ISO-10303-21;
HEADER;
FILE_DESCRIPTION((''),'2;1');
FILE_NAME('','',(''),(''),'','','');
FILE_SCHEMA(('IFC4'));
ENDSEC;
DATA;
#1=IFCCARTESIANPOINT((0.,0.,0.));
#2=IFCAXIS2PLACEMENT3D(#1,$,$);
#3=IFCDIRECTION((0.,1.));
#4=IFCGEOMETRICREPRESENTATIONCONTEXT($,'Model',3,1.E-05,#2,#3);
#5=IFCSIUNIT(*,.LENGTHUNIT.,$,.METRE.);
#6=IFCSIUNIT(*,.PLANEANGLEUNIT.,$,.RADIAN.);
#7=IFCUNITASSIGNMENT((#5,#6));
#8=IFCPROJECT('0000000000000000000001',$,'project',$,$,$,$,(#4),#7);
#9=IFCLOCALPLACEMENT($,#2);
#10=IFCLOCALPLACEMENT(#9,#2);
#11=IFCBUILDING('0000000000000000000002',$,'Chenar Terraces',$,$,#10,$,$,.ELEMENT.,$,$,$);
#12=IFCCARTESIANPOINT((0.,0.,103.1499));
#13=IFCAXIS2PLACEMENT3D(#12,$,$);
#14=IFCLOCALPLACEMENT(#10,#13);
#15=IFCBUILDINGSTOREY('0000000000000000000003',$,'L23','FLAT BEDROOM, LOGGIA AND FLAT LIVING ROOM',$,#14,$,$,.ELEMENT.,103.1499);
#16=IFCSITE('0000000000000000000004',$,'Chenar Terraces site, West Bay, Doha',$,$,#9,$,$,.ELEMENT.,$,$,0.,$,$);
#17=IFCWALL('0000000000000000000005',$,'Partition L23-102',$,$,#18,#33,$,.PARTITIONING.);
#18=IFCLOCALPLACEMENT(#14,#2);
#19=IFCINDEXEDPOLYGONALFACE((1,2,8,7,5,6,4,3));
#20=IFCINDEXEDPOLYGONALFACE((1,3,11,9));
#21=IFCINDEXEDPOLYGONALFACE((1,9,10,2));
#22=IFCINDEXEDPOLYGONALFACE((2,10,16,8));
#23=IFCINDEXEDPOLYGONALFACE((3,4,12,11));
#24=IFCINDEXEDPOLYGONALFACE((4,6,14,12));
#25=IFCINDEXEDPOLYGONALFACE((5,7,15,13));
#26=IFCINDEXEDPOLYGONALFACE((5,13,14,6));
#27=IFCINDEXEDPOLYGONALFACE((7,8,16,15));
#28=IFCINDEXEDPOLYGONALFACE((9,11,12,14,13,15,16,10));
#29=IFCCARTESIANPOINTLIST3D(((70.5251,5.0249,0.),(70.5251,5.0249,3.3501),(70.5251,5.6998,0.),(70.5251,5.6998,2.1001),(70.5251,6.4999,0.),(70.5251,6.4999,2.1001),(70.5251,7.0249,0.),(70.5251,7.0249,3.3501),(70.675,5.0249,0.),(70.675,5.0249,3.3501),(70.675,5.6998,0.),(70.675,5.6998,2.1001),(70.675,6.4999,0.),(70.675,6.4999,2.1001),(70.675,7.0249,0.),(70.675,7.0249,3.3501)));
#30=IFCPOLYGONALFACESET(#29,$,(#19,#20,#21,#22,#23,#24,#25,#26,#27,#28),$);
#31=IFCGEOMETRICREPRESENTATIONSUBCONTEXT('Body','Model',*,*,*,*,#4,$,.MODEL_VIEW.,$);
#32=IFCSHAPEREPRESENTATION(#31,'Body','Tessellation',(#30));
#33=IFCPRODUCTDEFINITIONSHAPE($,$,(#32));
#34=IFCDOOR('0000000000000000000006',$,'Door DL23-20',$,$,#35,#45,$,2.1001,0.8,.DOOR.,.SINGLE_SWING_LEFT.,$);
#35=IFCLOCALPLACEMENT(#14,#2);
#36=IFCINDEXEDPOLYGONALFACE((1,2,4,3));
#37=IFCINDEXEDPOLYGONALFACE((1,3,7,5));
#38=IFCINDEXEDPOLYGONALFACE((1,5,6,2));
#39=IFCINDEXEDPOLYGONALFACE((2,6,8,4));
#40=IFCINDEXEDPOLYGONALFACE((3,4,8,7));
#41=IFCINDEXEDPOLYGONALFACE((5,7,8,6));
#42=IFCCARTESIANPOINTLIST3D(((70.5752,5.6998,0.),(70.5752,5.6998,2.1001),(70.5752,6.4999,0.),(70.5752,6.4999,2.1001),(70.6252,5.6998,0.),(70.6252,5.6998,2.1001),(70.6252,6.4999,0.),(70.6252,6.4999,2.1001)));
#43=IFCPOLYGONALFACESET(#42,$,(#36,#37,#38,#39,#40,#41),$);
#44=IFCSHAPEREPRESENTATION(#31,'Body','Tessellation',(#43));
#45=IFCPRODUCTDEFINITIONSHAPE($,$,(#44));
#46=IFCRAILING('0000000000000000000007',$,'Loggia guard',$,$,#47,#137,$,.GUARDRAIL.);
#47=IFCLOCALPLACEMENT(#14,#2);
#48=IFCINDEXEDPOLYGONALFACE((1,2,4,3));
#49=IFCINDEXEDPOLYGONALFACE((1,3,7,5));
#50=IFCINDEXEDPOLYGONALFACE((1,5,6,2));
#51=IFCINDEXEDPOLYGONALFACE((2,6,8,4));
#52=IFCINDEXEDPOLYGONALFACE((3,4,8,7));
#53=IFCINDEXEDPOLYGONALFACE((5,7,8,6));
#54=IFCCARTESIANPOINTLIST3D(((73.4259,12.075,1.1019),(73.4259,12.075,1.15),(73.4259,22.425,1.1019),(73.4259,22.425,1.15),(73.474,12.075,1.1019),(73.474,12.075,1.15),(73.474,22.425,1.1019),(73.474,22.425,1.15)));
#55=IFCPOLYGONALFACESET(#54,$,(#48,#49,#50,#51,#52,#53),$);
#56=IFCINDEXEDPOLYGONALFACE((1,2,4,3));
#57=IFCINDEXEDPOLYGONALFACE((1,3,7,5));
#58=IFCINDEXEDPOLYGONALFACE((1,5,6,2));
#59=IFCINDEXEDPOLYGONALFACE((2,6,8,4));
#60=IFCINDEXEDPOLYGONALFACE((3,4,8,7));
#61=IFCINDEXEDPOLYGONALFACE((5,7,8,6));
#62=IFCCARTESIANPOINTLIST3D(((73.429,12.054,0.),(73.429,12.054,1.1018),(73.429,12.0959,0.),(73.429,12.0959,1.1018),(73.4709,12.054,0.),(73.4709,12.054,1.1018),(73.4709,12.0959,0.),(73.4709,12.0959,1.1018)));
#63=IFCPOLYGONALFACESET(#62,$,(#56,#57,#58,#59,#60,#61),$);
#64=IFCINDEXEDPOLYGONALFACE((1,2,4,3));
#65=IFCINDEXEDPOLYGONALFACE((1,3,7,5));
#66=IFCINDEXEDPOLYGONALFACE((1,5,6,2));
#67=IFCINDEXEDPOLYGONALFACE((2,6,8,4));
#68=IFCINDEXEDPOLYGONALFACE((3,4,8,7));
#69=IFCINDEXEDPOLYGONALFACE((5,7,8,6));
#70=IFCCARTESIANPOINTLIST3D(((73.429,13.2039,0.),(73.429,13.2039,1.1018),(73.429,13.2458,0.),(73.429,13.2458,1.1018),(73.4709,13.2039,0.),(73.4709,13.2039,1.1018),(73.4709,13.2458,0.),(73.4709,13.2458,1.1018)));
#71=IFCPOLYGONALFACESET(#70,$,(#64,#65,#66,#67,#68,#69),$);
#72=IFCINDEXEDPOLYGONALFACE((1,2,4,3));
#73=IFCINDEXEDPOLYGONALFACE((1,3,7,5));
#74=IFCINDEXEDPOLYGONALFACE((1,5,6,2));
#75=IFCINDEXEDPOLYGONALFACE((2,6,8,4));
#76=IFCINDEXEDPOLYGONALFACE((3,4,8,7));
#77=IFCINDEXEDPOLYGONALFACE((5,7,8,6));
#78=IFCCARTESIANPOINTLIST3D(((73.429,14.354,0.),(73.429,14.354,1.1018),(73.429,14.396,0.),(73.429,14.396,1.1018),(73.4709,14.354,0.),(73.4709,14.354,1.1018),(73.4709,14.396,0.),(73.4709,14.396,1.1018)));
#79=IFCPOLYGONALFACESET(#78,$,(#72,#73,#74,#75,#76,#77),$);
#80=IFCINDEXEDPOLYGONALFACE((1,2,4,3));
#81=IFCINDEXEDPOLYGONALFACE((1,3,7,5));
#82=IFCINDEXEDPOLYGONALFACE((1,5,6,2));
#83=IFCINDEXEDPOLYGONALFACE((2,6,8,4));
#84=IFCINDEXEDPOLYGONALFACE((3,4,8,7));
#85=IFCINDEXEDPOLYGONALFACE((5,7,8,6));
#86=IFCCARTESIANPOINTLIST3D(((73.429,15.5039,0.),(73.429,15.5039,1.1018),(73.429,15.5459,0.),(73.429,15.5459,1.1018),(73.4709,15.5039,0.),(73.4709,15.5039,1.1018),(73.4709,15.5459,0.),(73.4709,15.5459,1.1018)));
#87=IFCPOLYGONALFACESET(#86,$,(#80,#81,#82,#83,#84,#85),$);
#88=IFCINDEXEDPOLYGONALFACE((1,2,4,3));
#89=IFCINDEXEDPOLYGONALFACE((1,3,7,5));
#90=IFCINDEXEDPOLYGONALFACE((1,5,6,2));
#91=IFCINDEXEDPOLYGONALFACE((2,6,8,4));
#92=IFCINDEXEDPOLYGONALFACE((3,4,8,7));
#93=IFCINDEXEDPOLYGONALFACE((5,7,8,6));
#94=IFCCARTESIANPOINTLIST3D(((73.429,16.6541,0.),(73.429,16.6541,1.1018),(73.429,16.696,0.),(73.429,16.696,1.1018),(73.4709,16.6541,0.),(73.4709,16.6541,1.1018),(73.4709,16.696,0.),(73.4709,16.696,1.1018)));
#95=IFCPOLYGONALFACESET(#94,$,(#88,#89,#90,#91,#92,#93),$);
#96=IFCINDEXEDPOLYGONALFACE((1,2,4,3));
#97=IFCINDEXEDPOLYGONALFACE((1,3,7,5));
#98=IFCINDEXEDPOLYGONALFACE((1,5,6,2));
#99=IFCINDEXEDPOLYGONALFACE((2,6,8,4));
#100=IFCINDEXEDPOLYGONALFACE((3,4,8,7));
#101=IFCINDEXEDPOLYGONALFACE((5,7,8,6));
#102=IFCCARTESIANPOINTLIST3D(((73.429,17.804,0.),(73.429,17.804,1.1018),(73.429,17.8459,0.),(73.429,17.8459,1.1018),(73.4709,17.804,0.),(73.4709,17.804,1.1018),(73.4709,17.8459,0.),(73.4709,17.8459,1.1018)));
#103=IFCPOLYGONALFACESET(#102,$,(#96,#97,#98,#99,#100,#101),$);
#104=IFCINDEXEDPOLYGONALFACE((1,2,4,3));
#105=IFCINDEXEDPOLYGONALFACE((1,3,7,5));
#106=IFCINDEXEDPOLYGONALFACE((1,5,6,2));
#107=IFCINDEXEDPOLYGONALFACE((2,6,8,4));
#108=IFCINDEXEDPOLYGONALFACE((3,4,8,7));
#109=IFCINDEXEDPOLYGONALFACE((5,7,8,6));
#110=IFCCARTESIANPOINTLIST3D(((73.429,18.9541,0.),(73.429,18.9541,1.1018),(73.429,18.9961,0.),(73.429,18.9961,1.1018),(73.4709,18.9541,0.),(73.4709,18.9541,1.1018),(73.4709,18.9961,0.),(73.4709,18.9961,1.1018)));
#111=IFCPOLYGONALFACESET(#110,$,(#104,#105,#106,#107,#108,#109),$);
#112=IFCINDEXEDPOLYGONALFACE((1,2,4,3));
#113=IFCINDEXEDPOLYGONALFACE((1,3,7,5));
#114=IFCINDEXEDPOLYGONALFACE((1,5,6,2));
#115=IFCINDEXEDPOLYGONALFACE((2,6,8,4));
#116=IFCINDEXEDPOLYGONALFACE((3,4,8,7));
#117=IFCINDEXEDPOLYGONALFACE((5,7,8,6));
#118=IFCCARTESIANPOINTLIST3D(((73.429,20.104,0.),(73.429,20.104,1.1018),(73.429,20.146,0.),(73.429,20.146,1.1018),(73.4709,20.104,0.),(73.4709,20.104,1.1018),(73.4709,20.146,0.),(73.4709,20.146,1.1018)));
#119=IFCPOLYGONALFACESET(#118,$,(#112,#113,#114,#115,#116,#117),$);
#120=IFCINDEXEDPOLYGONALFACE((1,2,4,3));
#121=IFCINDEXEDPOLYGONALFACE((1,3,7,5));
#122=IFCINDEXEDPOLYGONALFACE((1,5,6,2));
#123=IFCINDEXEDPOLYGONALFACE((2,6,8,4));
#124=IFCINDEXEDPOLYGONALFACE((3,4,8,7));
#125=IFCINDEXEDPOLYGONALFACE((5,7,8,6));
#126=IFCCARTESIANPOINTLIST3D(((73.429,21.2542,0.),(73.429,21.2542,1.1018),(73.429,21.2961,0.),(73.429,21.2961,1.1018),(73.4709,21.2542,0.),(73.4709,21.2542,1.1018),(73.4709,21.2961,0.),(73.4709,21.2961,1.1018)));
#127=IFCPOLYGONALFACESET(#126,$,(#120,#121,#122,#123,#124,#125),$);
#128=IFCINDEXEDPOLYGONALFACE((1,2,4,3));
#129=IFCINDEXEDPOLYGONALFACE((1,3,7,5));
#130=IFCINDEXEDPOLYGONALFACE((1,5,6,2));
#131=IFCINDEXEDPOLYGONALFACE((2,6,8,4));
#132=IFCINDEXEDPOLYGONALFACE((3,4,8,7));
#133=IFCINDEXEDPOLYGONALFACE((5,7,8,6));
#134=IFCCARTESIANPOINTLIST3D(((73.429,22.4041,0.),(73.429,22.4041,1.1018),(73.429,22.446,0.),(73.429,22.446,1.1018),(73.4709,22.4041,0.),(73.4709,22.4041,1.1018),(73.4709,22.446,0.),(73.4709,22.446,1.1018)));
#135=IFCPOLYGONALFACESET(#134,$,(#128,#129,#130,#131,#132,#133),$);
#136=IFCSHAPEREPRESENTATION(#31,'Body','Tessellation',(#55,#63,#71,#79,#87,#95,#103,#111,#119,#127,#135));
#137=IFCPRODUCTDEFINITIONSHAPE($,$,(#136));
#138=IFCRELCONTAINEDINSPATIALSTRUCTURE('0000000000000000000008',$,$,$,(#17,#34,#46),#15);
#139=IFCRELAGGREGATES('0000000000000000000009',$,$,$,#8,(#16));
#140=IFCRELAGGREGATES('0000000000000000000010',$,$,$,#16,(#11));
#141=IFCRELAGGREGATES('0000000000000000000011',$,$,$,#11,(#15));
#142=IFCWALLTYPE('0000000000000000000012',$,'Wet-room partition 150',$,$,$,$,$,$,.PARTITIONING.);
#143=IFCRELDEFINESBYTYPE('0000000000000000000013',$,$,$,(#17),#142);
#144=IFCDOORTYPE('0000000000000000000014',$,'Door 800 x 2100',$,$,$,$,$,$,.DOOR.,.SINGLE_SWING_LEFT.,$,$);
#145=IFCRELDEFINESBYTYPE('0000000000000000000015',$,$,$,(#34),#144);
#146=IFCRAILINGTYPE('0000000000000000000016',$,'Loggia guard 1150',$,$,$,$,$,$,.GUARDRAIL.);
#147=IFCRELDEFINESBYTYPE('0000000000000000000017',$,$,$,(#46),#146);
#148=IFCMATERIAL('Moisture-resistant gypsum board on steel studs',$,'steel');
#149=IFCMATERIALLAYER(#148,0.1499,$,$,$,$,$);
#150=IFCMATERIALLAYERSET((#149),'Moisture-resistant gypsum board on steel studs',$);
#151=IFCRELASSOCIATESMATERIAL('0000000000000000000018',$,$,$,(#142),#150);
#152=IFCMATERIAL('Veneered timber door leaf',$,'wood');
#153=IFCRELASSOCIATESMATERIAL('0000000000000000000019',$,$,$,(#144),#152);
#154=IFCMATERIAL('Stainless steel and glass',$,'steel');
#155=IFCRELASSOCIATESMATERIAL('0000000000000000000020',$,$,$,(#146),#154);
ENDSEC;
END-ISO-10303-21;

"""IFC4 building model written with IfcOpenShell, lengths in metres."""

from ifc_helpers import new_model, si_unit, direction, frame, frame_2d, origin, origin_2d, place, context, subcontext, project, spatial, rectangle, extrude, material, layer, layer_set, type_object, element, fill, save


model = new_model("IFC4")

# Units and contexts
model_context = context("Model", 3, precision=1e-05, world=origin(), true_north=direction((0.0, 1.0)))
body_context = subcontext(model_context, "Body", "Model", "MODEL_VIEW")
ifc_project = project(units=[si_unit("LENGTHUNIT", "METRE"), si_unit("PLANEANGLEUNIT", "RADIAN")], contexts=[model_context])

# Site, building, storey
site_placement = place(None, origin())
site = spatial("IfcSite", under=ifc_project, at=site_placement, Name="Chenar Terraces site, West Bay, Doha", CompositionType="ELEMENT", RefElevation=0.0)
building_placement = place(site_placement, origin())
building = spatial("IfcBuilding", under=site, at=building_placement, Name="Chenar Terraces", CompositionType="ELEMENT")
storey_placement = place(building_placement, frame((0.0, 0.0, 103.1499)))
storey = spatial("IfcBuildingStorey", under=building, at=storey_placement, Name="L23", Description="FLAT BEDROOM, LOGGIA AND FLAT LIVING ROOM", CompositionType="ELEMENT", Elevation=103.1499)

# Shared definitions
ifc_material_1 = material(Name="Moisture-resistant gypsum board on steel studs", Category="steel")
ifc_layer_1 = layer(ifc_material_1, 0.1499)
ifc_layer_set_1 = layer_set([ifc_layer_1], Name="Moisture-resistant gypsum board on steel studs")
wall_type_1 = type_object("IfcWallType", Name="Wet-room partition 150", PredefinedType="PARTITIONING", material=ifc_layer_set_1)

# Shared definitions
ifc_material_2 = material(Name="Veneered timber door leaf", Category="wood")
door_type_1 = type_object("IfcDoorType", Name="Door 800 x 2100", OperationType="SINGLE_SWING_LEFT", PredefinedType="DOOR", material=ifc_material_2)

# Wall, opening, door
wall_1_placement = place(storey_placement, frame((70.6001, 5.0249, 0.0), z_axis=(0.0, 0.0, 1.0), x_axis=(0.0, 1.0, 0.0)))
wall_1 = element("IfcWall", 1, at=wall_1_placement, inside=storey, type_object=wall_type_1, Name="Partition L23-102", PredefinedType="PARTITIONING", context=body_context, shape_type="SweptSolid", body=[
    extrude(rectangle(XDim=2.0, YDim=0.1499, at=frame_2d((1.0, 0.0))), origin(), (0.0, 0.0, 1.0), 3.3501),
])
opening_1_placement = place(wall_1_placement, frame((0.675, 0.0, 0.0)))
opening_1 = element("IfcOpeningElement", 2, at=opening_1_placement, cuts=wall_1, PredefinedType="OPENING", context=body_context, shape_type="SweptSolid", body=[
    extrude(rectangle(XDim=0.8, YDim=2.1001, at=frame_2d((0.3999, 1.05))), frame((0.0, 0.085, 0.0), z_axis=(0.0, -1.0, 0.0), x_axis=(1.0, 0.0, 0.0)), (0.0, 0.0, 1.0), 0.1699),
])
door_1_placement = place(opening_1_placement, origin())
door_1 = element("IfcDoor", 3, at=door_1_placement, inside=storey, type_object=door_type_1, Name="Door DL23-20", OperationType="SINGLE_SWING_LEFT", OverallHeight=2.1001, OverallWidth=0.8, PredefinedType="DOOR", context=body_context, shape_type="SweptSolid", body=[
    extrude(rectangle(XDim=0.8, YDim=2.1001, at=frame_2d((0.3999, 1.05))), frame((0.0, 0.0249, 0.0), z_axis=(0.0, -1.0, 0.0), x_axis=(1.0, 0.0, 0.0)), (0.0, 0.0, 1.0), 0.05),
])
fill(opening_1, door_1)

# Railing
ifc_material_3 = material(Name="Stainless steel and glass", Category="steel")
railing_type = type_object("IfcRailingType", Name="Loggia guard 1150", PredefinedType="GUARDRAIL", material=ifc_material_3)
railing_placement = place(storey_placement, frame((73.45, 12.075, 0.0)))
element("IfcRailing", 4, at=railing_placement, inside=storey, type_object=railing_type, Name="Loggia guard", PredefinedType="GUARDRAIL", context=body_context, shape_type="SweptSolid", body=[
    extrude(rectangle(XDim=0.0481, YDim=0.0481, at=origin_2d()), frame((0.0, 0.0, 1.126), z_axis=(0.0, 1.0, 0.0), x_axis=(-1.0, 0.0, 0.0)), (0.0, 0.0, 1.0), 10.3501),
    extrude(rectangle(XDim=0.042, YDim=0.042, at=origin_2d()), origin(), (0.0, 0.0, 1.0), 1.1018),
    extrude(rectangle(XDim=0.042, YDim=0.042, at=origin_2d()), frame((0.0, 1.1499, 0.0)), (0.0, 0.0, 1.0), 1.1018),
    extrude(rectangle(XDim=0.042, YDim=0.042, at=origin_2d()), frame((0.0, 2.3, 0.0)), (0.0, 0.0, 1.0), 1.1018),
    extrude(rectangle(XDim=0.042, YDim=0.042, at=origin_2d()), frame((0.0, 3.45, 0.0)), (0.0, 0.0, 1.0), 1.1018),
    extrude(rectangle(XDim=0.042, YDim=0.042, at=origin_2d()), frame((0.0, 4.6001, 0.0)), (0.0, 0.0, 1.0), 1.1018),
    extrude(rectangle(XDim=0.042, YDim=0.042, at=origin_2d()), frame((0.0, 5.75, 0.0)), (0.0, 0.0, 1.0), 1.1018),
    extrude(rectangle(XDim=0.042, YDim=0.042, at=origin_2d()), frame((0.0, 6.9001, 0.0)), (0.0, 0.0, 1.0), 1.1018),
    extrude(rectangle(XDim=0.042, YDim=0.042, at=origin_2d()), frame((0.0, 8.05, 0.0)), (0.0, 0.0, 1.0), 1.1018),
    extrude(rectangle(XDim=0.042, YDim=0.042, at=origin_2d()), frame((0.0, 9.2002, 0.0)), (0.0, 0.0, 1.0), 1.1018),
    extrude(rectangle(XDim=0.042, YDim=0.042, at=origin_2d()), frame((0.0, 10.3501, 0.0)), (0.0, 0.0, 1.0), 1.1018),
])

save(model, "model.ifc")
